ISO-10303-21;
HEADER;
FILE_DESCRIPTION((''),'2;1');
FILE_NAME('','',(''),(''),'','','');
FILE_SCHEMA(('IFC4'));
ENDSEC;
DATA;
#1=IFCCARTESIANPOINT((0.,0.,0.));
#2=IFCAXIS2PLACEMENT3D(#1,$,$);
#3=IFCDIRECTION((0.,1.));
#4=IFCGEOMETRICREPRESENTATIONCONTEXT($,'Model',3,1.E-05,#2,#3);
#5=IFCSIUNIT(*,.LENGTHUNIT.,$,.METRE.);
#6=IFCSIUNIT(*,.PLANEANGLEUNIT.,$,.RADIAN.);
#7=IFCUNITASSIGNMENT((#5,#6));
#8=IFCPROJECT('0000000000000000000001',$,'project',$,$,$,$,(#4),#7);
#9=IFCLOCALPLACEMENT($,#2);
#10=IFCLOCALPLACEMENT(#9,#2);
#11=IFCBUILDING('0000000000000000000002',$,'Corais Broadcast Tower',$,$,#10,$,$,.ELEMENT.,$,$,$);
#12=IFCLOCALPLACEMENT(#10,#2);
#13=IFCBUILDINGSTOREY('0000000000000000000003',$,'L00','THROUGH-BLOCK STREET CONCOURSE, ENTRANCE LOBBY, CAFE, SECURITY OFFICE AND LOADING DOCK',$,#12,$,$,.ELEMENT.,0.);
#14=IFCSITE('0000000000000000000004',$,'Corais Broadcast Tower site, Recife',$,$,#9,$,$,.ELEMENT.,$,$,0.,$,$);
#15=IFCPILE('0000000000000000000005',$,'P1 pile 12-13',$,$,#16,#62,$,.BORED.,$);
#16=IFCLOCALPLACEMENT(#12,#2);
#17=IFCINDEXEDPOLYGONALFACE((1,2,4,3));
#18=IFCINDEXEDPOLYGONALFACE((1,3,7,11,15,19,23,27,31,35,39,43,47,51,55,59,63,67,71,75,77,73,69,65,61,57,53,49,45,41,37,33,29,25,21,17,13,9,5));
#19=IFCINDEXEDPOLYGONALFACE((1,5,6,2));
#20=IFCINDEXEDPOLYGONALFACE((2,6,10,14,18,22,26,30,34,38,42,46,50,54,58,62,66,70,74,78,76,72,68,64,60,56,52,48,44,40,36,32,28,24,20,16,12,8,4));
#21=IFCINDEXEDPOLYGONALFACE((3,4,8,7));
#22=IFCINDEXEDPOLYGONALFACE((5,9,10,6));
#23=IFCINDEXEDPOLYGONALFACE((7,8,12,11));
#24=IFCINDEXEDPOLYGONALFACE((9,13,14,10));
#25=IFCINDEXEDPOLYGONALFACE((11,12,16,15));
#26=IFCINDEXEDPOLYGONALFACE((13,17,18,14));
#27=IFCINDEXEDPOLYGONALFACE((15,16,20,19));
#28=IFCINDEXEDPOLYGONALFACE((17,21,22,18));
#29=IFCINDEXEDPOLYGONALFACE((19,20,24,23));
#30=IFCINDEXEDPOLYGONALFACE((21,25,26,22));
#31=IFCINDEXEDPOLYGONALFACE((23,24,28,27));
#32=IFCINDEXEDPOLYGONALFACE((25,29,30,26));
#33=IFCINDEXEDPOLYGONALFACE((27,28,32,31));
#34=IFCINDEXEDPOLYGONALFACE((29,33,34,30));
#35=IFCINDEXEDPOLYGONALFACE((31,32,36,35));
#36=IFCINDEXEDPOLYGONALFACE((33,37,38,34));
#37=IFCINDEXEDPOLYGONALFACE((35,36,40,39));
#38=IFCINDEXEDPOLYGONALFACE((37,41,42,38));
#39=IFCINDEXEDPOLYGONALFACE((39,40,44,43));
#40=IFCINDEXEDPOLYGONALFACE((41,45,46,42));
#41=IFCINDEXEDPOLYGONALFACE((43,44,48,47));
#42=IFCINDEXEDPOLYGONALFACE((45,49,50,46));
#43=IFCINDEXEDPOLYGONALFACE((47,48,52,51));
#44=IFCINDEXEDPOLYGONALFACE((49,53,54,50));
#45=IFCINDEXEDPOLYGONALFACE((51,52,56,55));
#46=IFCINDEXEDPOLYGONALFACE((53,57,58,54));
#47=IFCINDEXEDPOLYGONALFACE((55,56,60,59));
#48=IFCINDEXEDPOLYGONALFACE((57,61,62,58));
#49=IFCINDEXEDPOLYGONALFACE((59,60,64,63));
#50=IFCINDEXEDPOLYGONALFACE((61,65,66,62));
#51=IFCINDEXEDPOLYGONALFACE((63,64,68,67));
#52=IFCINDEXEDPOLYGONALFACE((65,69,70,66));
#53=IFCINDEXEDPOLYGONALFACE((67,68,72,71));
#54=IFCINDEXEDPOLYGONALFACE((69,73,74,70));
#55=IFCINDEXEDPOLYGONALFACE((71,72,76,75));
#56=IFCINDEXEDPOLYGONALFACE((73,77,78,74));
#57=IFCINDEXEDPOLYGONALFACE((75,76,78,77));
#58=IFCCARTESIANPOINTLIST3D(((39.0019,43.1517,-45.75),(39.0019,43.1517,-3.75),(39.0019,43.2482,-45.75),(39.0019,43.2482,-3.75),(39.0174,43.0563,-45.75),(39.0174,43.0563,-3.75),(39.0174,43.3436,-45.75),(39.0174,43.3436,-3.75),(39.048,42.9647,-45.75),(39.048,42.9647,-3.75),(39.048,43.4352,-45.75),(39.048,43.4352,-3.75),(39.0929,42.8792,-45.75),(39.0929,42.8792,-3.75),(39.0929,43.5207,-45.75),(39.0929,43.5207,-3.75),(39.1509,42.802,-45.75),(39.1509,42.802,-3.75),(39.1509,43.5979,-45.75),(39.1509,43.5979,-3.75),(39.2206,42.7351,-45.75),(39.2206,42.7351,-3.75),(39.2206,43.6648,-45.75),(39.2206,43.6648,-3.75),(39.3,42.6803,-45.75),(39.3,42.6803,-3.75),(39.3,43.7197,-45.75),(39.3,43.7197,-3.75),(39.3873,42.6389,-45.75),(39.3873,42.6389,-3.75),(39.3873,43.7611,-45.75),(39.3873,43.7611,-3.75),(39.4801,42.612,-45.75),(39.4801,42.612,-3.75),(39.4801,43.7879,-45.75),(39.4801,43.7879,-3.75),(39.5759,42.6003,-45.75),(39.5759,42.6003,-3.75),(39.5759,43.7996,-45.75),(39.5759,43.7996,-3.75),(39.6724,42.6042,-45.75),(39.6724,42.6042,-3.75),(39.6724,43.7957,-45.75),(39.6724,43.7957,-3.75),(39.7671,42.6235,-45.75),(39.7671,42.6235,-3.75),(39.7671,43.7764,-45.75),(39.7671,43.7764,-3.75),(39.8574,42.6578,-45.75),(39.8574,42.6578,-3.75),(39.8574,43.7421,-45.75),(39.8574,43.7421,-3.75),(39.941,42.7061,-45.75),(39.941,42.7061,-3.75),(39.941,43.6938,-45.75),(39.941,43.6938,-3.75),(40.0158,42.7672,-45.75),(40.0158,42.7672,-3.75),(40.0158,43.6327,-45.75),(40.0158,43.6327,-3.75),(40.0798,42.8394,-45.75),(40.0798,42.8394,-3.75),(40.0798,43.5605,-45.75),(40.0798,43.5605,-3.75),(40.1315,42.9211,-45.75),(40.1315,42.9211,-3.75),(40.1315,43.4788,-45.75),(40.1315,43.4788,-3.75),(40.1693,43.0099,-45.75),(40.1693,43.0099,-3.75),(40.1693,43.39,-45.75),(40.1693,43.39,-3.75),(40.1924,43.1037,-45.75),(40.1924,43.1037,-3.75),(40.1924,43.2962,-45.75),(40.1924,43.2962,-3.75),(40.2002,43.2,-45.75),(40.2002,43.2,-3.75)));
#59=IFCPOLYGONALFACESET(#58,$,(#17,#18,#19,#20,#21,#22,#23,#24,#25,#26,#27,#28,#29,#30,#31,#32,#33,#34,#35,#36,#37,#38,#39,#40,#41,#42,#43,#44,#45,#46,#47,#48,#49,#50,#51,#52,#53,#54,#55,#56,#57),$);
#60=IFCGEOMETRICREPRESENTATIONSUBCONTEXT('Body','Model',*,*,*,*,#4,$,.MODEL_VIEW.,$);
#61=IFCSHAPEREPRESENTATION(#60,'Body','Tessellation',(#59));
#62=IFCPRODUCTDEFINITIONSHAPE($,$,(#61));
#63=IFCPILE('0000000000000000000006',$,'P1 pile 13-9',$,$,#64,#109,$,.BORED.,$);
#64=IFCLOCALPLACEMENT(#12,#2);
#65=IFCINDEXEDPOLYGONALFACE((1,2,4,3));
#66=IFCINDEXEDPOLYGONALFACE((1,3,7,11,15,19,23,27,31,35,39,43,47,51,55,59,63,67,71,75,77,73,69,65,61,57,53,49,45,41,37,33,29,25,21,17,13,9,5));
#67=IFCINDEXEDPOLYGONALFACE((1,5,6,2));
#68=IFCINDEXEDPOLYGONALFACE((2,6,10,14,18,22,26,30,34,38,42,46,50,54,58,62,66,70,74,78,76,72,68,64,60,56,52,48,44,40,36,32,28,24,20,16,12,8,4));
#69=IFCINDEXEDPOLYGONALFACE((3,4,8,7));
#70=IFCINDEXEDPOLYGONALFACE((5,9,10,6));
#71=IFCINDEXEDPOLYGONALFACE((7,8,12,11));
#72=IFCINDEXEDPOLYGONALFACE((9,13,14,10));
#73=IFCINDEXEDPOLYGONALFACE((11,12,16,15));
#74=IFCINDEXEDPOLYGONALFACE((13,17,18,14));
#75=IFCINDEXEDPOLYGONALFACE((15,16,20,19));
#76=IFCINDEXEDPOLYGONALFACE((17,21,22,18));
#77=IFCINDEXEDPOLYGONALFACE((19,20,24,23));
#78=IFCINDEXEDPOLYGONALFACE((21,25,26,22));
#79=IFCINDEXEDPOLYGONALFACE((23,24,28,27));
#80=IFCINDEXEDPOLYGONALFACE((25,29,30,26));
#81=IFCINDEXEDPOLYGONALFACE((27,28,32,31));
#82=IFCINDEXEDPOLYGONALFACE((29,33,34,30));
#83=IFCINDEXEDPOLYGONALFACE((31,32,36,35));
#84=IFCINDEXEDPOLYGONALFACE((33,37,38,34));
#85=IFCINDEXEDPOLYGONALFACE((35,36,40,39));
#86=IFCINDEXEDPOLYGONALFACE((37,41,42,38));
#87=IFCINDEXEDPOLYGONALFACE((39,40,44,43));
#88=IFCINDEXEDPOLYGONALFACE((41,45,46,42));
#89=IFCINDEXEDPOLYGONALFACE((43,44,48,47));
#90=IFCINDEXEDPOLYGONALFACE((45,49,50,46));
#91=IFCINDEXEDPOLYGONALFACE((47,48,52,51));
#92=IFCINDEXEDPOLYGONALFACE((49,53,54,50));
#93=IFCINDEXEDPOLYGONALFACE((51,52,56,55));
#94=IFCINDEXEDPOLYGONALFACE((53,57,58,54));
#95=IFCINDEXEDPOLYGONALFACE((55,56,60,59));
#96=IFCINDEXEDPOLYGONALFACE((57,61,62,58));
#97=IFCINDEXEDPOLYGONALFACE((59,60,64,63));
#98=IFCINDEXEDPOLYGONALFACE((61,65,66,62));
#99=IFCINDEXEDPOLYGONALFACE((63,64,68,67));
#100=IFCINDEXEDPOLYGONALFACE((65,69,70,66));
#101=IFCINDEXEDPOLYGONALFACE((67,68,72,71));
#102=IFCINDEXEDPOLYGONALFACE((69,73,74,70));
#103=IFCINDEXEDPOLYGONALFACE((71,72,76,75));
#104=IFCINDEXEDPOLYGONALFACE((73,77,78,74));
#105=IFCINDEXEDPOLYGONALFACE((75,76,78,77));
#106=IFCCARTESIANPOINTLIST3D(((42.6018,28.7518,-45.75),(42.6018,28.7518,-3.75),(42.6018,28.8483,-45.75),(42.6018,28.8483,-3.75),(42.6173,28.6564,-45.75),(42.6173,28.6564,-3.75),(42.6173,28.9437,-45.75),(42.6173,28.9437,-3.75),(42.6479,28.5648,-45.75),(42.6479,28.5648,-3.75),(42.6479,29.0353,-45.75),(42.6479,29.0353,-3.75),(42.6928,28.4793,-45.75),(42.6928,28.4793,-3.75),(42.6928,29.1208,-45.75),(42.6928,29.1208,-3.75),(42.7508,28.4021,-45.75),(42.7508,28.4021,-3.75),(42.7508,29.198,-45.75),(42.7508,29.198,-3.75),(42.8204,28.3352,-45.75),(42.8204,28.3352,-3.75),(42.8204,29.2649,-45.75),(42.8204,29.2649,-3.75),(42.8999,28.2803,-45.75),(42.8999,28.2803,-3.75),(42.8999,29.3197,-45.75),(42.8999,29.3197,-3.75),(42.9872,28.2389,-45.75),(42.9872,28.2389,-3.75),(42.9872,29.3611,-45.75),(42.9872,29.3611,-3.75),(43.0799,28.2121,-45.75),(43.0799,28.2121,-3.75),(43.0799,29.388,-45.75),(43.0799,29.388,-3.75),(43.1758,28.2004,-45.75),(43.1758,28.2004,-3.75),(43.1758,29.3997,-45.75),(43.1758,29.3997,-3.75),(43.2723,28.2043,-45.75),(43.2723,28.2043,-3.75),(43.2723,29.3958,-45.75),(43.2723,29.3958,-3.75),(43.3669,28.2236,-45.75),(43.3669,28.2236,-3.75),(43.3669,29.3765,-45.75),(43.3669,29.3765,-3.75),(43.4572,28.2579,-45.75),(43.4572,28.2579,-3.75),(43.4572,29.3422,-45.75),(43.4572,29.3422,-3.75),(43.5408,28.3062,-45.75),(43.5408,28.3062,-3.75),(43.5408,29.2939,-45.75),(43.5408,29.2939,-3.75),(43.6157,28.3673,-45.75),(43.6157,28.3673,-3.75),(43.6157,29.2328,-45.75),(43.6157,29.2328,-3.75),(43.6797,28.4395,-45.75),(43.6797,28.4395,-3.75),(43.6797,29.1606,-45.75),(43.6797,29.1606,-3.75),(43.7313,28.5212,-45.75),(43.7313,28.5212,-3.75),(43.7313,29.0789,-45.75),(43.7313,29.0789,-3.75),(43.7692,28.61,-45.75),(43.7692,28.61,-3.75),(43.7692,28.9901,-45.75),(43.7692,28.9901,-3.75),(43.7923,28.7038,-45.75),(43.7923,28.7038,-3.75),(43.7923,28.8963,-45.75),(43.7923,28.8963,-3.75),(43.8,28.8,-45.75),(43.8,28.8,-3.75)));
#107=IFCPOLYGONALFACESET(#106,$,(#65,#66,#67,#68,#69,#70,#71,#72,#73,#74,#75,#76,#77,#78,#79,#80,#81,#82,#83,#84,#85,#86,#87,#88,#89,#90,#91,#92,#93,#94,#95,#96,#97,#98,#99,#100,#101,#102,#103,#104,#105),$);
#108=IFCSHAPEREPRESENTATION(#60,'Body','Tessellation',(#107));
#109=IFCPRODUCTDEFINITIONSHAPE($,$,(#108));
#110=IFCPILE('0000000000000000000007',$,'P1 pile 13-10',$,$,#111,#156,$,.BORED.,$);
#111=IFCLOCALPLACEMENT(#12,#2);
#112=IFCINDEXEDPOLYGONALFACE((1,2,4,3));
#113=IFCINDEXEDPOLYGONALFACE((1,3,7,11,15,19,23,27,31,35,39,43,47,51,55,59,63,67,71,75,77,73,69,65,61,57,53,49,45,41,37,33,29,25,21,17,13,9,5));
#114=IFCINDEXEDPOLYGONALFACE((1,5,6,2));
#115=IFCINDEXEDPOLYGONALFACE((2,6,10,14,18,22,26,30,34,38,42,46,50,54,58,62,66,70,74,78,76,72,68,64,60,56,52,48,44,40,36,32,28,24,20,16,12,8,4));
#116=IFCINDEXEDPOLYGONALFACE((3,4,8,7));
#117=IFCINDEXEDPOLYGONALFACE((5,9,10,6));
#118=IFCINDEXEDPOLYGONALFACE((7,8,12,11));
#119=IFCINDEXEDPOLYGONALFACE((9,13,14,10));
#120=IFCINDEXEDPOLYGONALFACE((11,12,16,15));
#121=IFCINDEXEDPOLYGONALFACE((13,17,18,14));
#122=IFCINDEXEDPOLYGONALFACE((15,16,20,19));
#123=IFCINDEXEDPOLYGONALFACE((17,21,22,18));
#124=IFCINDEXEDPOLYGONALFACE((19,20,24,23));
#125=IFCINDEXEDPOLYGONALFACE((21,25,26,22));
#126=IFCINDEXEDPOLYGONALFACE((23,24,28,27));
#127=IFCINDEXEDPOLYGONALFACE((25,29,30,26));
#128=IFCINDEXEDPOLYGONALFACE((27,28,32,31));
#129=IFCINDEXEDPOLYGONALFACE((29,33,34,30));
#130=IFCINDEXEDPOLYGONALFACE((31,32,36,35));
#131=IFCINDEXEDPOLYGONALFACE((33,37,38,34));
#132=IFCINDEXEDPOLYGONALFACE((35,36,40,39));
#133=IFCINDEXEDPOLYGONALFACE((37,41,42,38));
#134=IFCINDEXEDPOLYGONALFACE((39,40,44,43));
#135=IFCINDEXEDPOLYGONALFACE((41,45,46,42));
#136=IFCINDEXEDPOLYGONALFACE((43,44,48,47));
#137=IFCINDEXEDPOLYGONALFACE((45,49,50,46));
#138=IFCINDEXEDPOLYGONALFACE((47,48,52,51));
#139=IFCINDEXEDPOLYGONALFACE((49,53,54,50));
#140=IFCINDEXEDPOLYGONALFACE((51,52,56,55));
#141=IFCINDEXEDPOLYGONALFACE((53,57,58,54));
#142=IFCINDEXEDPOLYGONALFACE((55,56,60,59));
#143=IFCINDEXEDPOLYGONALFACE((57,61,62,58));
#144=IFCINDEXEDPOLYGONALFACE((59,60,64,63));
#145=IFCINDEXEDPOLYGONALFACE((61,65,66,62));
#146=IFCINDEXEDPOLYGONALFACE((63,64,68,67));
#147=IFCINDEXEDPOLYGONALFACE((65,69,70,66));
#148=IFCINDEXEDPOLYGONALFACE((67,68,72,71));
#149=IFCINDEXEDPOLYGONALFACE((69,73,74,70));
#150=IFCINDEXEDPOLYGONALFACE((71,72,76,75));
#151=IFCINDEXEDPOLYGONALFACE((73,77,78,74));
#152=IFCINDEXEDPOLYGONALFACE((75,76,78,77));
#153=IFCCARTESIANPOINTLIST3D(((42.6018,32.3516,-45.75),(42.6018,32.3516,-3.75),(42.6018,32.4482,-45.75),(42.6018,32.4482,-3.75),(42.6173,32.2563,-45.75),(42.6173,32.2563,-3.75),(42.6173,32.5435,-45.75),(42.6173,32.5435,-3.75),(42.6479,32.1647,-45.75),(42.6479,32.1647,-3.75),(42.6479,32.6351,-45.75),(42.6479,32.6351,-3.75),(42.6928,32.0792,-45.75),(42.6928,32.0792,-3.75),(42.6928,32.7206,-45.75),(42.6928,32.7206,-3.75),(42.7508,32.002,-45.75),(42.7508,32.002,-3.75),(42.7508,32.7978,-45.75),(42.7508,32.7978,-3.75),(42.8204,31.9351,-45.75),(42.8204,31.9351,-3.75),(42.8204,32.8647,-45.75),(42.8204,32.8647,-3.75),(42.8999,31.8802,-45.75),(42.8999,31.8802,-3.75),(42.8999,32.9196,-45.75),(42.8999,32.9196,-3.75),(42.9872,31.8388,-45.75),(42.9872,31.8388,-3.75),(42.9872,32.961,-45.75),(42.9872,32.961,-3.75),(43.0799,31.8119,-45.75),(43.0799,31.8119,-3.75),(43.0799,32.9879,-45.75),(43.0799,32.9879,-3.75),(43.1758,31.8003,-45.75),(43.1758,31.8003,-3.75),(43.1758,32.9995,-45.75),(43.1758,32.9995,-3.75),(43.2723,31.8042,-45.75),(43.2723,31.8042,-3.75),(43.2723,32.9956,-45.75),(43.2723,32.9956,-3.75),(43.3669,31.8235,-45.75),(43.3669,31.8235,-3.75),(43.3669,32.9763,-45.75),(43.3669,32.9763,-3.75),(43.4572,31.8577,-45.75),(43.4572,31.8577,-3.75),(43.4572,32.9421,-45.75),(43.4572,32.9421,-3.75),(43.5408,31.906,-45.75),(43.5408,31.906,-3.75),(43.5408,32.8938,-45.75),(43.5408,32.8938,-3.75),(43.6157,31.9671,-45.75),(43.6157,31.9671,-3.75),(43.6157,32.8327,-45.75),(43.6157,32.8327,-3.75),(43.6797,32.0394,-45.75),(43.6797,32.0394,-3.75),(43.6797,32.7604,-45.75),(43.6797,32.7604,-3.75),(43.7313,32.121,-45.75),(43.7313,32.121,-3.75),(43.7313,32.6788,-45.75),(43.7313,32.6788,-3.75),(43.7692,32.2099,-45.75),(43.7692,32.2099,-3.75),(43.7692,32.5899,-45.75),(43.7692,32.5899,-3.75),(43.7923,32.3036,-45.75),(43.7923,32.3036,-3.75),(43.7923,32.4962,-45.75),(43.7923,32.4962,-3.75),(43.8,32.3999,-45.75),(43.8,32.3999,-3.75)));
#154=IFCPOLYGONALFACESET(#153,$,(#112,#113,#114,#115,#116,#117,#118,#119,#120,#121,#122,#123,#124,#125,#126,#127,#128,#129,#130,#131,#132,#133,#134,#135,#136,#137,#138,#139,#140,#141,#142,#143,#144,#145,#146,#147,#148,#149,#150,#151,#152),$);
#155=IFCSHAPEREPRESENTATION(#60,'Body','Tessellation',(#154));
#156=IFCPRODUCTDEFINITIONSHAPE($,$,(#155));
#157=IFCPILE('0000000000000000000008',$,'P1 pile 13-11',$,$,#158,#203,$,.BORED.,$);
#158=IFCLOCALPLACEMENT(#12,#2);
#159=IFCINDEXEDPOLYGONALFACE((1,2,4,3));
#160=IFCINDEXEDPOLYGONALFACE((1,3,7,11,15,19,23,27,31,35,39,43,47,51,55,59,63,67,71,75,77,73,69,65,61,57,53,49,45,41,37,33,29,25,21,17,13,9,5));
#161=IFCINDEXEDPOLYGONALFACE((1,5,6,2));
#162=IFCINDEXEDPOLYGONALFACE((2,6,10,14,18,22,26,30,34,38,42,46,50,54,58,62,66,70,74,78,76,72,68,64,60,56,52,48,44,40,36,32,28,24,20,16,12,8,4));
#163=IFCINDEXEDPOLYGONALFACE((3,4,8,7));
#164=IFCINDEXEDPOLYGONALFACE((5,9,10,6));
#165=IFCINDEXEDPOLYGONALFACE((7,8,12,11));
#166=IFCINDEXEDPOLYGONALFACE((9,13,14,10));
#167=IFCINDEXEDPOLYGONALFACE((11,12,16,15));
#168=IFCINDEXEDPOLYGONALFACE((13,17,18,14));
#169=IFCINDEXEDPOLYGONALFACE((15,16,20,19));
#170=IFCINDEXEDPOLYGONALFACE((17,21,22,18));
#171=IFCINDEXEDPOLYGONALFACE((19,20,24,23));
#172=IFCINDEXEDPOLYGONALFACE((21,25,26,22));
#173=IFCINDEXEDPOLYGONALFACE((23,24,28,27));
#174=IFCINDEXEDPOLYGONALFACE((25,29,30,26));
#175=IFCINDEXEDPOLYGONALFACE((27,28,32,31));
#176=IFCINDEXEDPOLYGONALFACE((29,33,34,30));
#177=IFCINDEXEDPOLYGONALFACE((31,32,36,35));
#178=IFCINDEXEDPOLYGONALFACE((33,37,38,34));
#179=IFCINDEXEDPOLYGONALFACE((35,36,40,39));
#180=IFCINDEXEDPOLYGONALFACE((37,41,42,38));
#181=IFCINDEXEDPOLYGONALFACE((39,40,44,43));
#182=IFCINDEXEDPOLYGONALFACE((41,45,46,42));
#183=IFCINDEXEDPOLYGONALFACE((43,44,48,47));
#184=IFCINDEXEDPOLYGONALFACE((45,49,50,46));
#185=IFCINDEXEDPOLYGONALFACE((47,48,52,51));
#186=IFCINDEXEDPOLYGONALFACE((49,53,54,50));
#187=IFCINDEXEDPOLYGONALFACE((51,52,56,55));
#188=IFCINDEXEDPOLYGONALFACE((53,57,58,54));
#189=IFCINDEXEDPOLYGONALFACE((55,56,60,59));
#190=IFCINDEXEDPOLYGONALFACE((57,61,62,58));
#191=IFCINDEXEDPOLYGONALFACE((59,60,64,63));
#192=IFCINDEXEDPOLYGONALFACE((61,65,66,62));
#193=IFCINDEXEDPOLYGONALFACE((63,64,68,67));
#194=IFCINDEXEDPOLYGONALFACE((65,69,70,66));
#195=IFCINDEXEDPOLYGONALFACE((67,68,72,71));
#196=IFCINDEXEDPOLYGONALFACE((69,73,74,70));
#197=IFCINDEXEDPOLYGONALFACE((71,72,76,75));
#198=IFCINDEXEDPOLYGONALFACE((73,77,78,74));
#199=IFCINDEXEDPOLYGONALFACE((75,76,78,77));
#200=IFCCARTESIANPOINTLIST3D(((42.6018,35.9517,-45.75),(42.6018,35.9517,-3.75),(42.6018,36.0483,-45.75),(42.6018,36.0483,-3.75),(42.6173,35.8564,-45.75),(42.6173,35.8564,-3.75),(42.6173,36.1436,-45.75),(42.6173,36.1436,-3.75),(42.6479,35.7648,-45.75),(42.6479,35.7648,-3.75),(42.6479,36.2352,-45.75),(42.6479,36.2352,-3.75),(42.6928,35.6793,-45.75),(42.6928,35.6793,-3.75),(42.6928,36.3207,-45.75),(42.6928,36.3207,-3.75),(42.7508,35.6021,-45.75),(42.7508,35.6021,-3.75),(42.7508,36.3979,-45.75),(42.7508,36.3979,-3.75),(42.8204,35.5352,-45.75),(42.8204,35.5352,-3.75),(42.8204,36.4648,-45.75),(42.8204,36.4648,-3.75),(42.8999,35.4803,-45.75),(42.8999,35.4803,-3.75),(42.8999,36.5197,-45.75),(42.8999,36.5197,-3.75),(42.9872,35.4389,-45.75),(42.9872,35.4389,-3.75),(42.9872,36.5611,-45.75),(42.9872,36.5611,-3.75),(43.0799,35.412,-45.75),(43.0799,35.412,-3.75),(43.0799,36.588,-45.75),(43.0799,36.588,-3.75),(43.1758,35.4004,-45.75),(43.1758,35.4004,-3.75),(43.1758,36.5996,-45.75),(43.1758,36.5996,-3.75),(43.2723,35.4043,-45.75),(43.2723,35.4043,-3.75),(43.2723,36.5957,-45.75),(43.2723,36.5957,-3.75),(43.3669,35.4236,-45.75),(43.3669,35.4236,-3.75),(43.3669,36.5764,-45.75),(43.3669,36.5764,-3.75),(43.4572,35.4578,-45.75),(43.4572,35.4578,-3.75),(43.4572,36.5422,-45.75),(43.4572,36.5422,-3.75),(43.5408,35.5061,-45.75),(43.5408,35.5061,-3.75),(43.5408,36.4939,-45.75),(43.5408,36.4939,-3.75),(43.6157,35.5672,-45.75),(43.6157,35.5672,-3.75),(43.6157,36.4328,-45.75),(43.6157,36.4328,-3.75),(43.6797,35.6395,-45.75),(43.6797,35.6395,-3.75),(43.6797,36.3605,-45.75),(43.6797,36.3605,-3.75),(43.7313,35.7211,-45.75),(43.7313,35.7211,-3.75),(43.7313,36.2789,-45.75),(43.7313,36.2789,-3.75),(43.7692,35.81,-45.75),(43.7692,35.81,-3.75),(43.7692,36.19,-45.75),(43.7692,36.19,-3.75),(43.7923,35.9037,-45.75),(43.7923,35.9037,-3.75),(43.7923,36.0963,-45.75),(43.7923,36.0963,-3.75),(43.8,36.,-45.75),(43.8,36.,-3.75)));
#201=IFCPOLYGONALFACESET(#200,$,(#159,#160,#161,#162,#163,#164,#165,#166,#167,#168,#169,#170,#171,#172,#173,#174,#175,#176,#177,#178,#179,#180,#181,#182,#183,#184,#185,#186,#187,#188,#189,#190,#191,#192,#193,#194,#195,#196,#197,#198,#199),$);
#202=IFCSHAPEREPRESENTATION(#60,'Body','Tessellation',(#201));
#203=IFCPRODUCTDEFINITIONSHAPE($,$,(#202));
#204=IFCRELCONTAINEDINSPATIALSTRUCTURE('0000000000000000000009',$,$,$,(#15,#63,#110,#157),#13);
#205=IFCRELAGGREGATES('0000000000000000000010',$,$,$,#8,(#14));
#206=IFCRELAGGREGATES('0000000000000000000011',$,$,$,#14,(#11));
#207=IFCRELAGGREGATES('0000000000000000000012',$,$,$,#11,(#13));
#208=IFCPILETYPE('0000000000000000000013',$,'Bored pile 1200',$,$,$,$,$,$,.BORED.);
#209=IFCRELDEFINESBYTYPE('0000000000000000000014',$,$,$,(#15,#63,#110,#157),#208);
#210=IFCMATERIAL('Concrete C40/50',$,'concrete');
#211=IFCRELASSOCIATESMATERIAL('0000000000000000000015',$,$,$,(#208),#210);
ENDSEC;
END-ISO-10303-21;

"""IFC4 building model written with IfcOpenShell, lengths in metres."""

from ifc_helpers import new_model, si_unit, direction, frame, origin, origin_2d, place, context, subcontext, project, spatial, circle, extrude, material, type_object, element, save


model = new_model("IFC4")

# Units and contexts
model_context = context("Model", 3, precision=1e-05, world=origin(), true_north=direction((0.0, 1.0)))
body_context = subcontext(model_context, "Body", "Model", "MODEL_VIEW")
ifc_project = project(units=[si_unit("LENGTHUNIT", "METRE"), si_unit("PLANEANGLEUNIT", "RADIAN")], contexts=[model_context])

# Site, building, storey
site_placement = place(None, origin())
site = spatial("IfcSite", under=ifc_project, at=site_placement, Name="Corais Broadcast Tower site, Recife", CompositionType="ELEMENT", RefElevation=0.0)
building_placement = place(site_placement, origin())
building = spatial("IfcBuilding", under=site, at=building_placement, Name="Corais Broadcast Tower", CompositionType="ELEMENT")
storey_placement = place(building_placement, origin())
storey = spatial("IfcBuildingStorey", under=building, at=storey_placement, Name="L00", Description="THROUGH-BLOCK STREET CONCOURSE, ENTRANCE LOBBY, CAFE, SECURITY OFFICE AND LOADING DOCK", CompositionType="ELEMENT", Elevation=0.0)

# Piles
ifc_material_1 = material(Name="Concrete C40/50", Category="concrete")
pile_type = type_object("IfcPileType", Name="Bored pile 1200", PredefinedType="BORED", material=ifc_material_1)
for number, where, z_axis, x_axis, name in (
    (1, (39.6001, 43.2, -3.75), (0.0, 0.0, -1.0), (1.0, 0.0, 0.0), "P1 pile 12-13"),
    (2, (43.2, 28.8, -3.75), (0.0, 0.0, -1.0), (1.0, 0.0, 0.0), "P1 pile 13-9"),
    (3, (43.2, 32.3999, -3.75), (0.0, 0.0, -1.0), (1.0, 0.0, 0.0), "P1 pile 13-10"),
    (4, (43.2, 36.0, -3.75), (0.0, 0.0, -1.0), (1.0, 0.0, 0.0), "P1 pile 13-11"),
):
    element("IfcPile", number, at=place(storey_placement, frame(where, z_axis=z_axis, x_axis=x_axis)), inside=storey, type_object=pile_type, Name=name, PredefinedType="BORED", context=body_context, shape_type="SweptSolid", body=[
        extrude(circle(Radius=0.6001, at=origin_2d()), origin(), (0.0, 0.0, 1.0), 42.0),
    ])

save(model, "model.ifc")
